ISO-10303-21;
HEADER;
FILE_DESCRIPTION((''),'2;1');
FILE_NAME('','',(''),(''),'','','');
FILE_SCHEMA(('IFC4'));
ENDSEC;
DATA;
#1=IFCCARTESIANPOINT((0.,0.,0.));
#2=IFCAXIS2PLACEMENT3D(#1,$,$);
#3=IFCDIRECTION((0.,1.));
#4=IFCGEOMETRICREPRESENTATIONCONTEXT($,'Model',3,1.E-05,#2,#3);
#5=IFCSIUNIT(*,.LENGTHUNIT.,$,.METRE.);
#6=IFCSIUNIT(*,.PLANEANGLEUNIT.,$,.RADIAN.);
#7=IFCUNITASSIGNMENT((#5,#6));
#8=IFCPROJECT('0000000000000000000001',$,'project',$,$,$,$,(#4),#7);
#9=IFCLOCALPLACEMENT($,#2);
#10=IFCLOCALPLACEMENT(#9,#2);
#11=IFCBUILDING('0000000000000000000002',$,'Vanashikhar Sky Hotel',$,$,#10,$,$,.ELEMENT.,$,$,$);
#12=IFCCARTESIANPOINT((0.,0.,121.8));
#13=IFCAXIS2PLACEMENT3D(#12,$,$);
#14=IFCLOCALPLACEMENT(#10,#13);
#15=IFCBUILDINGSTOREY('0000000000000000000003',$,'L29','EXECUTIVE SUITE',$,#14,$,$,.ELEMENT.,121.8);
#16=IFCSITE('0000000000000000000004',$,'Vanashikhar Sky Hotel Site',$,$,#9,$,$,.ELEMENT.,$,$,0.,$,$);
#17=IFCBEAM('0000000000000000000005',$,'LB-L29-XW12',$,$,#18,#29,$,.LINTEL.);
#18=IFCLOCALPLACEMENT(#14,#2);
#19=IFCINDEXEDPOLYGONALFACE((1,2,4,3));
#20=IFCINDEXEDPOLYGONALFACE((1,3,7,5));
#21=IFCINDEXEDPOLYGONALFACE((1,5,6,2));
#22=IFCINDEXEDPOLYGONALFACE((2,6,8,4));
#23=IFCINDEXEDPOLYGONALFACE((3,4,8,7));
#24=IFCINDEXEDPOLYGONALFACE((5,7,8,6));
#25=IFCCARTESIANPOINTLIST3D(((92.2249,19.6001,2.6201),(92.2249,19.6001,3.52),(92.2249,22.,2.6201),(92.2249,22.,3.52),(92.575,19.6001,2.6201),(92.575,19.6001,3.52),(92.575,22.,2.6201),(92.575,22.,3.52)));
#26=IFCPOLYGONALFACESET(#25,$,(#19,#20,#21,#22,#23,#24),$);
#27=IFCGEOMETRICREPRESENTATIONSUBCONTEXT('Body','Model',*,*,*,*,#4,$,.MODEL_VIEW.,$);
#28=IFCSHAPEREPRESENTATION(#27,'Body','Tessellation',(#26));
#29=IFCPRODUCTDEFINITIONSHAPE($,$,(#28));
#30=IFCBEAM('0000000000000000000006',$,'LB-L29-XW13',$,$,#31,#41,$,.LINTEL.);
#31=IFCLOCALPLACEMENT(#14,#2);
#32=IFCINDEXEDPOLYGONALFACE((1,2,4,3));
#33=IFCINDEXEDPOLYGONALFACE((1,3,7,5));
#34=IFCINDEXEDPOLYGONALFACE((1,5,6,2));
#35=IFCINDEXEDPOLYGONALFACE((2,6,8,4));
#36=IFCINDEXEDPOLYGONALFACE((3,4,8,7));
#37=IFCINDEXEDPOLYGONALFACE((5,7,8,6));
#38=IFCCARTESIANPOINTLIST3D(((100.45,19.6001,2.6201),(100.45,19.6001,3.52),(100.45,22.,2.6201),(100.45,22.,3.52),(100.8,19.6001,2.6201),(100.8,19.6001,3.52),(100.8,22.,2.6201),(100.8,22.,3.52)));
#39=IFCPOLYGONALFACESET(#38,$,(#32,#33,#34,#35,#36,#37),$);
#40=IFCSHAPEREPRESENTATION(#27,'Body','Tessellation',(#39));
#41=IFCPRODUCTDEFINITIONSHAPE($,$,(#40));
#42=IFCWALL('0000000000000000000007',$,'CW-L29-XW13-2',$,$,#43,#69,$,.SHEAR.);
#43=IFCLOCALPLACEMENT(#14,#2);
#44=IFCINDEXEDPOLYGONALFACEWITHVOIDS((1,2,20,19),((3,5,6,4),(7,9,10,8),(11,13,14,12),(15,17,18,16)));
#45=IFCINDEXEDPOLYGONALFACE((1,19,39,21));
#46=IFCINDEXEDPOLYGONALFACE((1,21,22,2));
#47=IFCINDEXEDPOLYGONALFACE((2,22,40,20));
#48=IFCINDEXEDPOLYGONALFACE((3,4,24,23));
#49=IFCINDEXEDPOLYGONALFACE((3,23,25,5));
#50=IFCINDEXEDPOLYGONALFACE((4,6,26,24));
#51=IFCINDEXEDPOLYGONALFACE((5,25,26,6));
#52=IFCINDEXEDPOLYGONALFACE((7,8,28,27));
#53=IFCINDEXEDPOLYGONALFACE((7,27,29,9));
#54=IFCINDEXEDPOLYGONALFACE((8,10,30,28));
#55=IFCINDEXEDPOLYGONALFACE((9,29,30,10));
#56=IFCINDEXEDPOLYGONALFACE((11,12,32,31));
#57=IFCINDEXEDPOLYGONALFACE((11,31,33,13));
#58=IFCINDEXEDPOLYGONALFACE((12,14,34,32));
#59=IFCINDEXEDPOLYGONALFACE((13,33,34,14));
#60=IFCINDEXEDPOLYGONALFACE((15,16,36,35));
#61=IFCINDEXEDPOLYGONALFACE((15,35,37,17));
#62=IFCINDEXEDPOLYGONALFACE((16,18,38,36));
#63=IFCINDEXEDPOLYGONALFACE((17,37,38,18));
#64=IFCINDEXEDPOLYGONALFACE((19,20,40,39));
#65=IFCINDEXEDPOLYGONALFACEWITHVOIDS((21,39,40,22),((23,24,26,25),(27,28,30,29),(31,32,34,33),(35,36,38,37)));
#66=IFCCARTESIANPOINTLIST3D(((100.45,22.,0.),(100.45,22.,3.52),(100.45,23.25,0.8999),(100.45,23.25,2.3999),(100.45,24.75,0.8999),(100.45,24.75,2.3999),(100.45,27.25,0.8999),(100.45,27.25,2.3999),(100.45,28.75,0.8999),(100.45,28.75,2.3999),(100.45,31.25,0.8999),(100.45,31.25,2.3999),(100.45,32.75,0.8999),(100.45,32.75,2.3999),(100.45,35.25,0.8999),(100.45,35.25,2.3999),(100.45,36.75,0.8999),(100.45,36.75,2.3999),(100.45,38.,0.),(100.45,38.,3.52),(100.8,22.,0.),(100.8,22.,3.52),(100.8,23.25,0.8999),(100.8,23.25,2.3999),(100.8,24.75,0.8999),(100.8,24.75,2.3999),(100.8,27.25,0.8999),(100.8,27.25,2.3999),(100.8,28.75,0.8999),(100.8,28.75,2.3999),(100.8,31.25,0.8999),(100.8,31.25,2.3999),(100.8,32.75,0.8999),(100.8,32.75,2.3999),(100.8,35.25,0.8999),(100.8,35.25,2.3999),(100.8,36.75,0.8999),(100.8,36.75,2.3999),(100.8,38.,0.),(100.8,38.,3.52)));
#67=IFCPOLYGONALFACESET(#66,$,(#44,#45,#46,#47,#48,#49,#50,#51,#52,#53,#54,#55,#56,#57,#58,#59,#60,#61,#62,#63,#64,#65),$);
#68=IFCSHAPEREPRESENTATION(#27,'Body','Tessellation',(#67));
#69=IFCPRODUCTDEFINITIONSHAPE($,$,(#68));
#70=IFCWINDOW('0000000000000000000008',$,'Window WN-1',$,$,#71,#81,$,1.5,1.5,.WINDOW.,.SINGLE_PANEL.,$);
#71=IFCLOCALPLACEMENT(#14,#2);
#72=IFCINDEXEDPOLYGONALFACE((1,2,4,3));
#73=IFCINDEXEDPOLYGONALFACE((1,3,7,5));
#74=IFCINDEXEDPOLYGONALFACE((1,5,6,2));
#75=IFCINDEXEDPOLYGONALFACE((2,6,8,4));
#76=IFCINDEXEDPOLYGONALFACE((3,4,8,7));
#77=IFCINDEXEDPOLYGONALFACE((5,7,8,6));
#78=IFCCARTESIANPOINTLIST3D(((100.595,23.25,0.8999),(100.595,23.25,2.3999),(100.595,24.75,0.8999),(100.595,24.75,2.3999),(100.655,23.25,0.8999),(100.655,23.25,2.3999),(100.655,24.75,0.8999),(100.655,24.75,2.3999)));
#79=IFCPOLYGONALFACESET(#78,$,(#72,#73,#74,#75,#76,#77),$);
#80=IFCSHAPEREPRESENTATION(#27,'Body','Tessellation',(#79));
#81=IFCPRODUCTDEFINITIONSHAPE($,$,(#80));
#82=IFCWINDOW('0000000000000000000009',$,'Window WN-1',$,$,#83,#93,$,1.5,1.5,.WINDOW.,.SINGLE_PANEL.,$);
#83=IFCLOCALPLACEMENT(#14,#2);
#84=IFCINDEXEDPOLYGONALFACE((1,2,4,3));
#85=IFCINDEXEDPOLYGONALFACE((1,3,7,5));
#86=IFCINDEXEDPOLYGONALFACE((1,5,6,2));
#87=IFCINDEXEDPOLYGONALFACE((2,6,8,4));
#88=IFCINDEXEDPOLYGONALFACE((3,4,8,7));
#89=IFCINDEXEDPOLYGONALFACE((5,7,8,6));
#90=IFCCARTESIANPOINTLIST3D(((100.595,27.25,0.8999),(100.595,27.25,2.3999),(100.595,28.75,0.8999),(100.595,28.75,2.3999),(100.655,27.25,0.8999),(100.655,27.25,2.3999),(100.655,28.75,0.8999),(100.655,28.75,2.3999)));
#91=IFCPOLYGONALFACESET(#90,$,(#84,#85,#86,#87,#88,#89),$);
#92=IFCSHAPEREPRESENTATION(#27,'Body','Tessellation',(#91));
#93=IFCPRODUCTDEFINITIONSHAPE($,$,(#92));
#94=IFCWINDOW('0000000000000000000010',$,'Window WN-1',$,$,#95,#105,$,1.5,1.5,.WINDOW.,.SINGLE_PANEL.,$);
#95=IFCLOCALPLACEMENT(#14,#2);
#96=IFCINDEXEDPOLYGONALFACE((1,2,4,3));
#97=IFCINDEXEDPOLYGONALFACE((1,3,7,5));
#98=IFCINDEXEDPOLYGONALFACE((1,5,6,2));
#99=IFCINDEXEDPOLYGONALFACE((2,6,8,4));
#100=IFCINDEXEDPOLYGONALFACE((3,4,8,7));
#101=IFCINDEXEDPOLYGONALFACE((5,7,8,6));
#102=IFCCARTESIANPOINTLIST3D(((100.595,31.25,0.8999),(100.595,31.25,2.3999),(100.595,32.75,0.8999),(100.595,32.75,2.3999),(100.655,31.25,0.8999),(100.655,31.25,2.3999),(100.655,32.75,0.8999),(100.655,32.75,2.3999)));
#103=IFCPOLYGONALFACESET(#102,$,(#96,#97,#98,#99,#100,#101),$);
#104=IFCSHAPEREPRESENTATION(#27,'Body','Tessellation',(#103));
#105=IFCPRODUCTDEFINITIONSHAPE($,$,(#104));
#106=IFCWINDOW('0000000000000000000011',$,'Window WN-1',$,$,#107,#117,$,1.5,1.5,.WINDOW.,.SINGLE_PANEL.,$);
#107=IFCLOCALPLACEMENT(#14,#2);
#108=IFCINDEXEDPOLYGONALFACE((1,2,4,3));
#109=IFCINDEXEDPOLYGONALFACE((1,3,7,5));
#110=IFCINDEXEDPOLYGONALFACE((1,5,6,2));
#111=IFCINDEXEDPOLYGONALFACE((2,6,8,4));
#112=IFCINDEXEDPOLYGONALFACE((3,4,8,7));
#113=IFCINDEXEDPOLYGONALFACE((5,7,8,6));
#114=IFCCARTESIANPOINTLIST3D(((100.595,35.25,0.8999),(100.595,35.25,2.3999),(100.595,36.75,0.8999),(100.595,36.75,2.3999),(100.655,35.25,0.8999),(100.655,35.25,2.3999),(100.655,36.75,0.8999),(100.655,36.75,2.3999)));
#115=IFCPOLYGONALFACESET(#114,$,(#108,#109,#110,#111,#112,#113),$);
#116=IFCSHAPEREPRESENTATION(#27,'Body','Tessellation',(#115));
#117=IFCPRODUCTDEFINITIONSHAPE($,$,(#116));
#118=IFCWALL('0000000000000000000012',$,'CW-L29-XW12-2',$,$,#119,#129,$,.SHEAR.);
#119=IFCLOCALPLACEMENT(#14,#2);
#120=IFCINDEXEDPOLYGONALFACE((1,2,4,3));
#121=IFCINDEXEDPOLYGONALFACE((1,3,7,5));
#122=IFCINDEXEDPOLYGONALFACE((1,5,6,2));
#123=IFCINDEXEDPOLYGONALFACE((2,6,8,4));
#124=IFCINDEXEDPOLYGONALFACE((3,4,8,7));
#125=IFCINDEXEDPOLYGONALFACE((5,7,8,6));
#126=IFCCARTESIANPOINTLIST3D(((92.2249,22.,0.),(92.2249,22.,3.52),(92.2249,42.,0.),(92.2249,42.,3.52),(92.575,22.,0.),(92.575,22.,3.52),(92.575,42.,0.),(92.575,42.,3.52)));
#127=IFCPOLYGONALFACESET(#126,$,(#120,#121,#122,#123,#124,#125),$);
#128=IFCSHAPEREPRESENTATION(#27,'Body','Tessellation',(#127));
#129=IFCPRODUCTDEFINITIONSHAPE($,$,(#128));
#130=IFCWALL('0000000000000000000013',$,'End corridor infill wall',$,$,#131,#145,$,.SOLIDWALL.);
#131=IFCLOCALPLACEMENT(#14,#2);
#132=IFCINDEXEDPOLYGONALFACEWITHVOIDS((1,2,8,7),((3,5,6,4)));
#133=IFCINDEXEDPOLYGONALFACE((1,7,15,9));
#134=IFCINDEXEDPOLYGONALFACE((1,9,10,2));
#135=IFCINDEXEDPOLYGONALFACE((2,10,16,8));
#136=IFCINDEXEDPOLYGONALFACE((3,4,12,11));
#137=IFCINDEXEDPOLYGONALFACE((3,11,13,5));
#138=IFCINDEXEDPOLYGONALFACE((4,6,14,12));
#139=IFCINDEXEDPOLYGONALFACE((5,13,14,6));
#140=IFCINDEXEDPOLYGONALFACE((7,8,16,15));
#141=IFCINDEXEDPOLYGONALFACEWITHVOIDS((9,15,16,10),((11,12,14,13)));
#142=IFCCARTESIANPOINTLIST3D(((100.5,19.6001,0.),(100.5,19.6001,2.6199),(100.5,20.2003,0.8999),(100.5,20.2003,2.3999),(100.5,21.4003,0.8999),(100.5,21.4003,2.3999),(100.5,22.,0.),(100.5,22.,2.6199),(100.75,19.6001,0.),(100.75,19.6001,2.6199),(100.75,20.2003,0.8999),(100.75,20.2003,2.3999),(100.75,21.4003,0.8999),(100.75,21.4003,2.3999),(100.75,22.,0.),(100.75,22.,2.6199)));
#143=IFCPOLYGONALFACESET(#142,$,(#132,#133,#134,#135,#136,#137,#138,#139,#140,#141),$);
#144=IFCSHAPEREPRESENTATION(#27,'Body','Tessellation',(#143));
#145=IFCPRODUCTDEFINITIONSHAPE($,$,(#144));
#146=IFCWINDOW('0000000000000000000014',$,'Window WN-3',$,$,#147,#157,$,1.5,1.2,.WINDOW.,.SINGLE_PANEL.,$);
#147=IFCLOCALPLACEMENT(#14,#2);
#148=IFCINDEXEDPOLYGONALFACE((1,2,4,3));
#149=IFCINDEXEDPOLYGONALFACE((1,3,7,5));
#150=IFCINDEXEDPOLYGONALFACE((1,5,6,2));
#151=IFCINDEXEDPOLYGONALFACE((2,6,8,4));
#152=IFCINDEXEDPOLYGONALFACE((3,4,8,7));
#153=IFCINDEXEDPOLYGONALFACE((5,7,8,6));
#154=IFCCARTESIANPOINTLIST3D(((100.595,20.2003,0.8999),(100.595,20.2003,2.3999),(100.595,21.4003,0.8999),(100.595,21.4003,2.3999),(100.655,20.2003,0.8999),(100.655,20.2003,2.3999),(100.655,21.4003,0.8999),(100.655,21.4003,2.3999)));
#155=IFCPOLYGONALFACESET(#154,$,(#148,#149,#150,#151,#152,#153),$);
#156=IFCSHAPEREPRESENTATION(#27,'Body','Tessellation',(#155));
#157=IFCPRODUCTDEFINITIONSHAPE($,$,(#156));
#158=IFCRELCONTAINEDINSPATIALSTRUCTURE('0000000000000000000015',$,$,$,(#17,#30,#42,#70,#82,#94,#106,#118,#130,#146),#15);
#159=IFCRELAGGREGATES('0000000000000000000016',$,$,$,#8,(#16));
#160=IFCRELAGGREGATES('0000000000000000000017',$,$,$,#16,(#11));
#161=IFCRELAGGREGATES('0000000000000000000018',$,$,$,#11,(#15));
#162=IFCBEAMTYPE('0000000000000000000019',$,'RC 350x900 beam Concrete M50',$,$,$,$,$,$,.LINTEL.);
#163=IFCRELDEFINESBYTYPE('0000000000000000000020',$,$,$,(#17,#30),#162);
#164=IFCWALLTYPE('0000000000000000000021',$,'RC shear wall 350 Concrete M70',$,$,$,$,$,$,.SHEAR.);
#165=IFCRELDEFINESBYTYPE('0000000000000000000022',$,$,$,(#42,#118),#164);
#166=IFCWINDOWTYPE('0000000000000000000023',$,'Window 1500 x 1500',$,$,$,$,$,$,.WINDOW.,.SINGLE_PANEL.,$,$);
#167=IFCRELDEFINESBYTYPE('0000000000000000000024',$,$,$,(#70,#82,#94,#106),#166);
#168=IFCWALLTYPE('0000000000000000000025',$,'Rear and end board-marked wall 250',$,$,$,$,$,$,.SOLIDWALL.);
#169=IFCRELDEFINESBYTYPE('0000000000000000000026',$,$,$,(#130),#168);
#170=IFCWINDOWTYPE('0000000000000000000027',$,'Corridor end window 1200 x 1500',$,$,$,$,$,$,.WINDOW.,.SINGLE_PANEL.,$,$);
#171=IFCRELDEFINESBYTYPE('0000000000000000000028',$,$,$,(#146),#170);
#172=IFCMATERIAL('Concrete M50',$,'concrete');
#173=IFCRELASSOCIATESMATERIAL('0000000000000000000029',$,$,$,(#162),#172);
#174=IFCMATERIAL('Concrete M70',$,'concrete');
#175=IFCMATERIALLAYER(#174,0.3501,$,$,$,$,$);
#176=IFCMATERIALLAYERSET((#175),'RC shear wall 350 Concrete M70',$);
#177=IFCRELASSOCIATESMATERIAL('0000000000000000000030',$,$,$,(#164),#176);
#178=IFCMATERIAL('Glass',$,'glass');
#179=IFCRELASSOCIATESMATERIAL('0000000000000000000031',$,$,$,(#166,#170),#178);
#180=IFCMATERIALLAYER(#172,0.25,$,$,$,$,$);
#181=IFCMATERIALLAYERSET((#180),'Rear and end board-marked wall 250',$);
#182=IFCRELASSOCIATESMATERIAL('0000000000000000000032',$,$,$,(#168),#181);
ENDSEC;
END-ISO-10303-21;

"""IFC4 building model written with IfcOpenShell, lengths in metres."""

from ifc_helpers import new_model, si_unit, direction, frame, frame_2d, origin, origin_2d, place, context, subcontext, project, spatial, rectangle, extrude, source, transform, mapped, material, layer, layer_set, material_profile, profile_set, type_object, element, fill, save


model = new_model("IFC4")

# Units and contexts
model_context = context("Model", 3, precision=1e-05, world=origin(), true_north=direction((0.0, 1.0)))
body_context = subcontext(model_context, "Body", "Model", "MODEL_VIEW")
ifc_project = project(units=[si_unit("LENGTHUNIT", "METRE"), si_unit("PLANEANGLEUNIT", "RADIAN")], contexts=[model_context])

# Site, building, storey
site_placement = place(None, origin())
site = spatial("IfcSite", under=ifc_project, at=site_placement, Name="Vanashikhar Sky Hotel Site", CompositionType="ELEMENT", RefElevation=0.0)
building_placement = place(site_placement, origin())
building = spatial("IfcBuilding", under=site, at=building_placement, Name="Vanashikhar Sky Hotel", CompositionType="ELEMENT")
storey_placement = place(building_placement, frame((0.0, 0.0, 121.8)))
storey = spatial("IfcBuildingStorey", under=building, at=storey_placement, Name="L29", Description="EXECUTIVE SUITE", CompositionType="ELEMENT", Elevation=121.8)

# Beams
ifc_material_1 = material(Name="Concrete M50", Category="concrete")
ifc_material_profile = material_profile(ifc_material_1, rectangle(XDim=0.3501, YDim=0.8999, at=origin_2d()))
ifc_profile_set = profile_set([ifc_material_profile], Name="RC 350x900 beam Concrete M50")
beam_type = type_object("IfcBeamType", Name="RC 350x900 beam Concrete M50", PredefinedType="LINTEL", material=ifc_profile_set)
shared_shape_1 = source(origin(), body_context, "Body", "SweptSolid", [
    extrude(rectangle(XDim=0.3501, YDim=0.8999, at=origin_2d()), origin(), (0.0, 0.0, 1.0), 2.3999),
])
for number, where, z_axis, x_axis, name in (
    (1, (92.3999, 19.6001, 3.0701), (0.0, 1.0, 0.0), (-1.0, 0.0, 0.0), "LB-L29-XW12"),
    (2, (100.625, 19.6001, 3.0701), (0.0, 1.0, 0.0), (-1.0, 0.0, 0.0), "LB-L29-XW13"),
):
    element("IfcBeam", number, at=place(storey_placement, frame(where, z_axis=z_axis, x_axis=x_axis)), inside=storey, type_object=beam_type, Name=name, PredefinedType="LINTEL", context=body_context, shape_type="MappedRepresentation", body=[
        mapped(shared_shape_1, transform((0.0, 0.0, 0.0), scale=1.0)),
    ])

# Wall, openings, windows
ifc_material_2 = material(Name="Concrete M70", Category="concrete")
ifc_layer_1 = layer(ifc_material_2, 0.3501)
ifc_layer_set_1 = layer_set([ifc_layer_1], Name="RC shear wall 350 Concrete M70")
wall_type_1 = type_object("IfcWallType", Name="RC shear wall 350 Concrete M70", PredefinedType="SHEAR", material=ifc_layer_set_1)
shared_shape_2 = source(origin(), body_context, "Body", "SweptSolid", [
    extrude(rectangle(XDim=16.0, YDim=0.3501, at=frame_2d((8.0, 0.0))), origin(), (0.0, 0.0, 1.0), 3.52),
])
wall_1_placement = place(storey_placement, frame((100.625, 22.0, 0.0), z_axis=(0.0, 0.0, 1.0), x_axis=(0.0, 1.0, 0.0)))
wall_1 = element("IfcWall", 3, at=wall_1_placement, inside=storey, type_object=wall_type_1, Name="CW-L29-XW13-2", PredefinedType="SHEAR", context=body_context, shape_type="MappedRepresentation", body=[
    mapped(shared_shape_2, transform((0.0, 0.0, 0.0), scale=1.0)),
])
shared_shape_3 = source(origin(), body_context, "Body", "SweptSolid", [
    extrude(rectangle(XDim=1.5, YDim=1.5, at=frame_2d((0.75, 0.75))), frame((0.0, 0.1851, 0.0), z_axis=(0.0, -1.0, 0.0), x_axis=(1.0, 0.0, 0.0)), (0.0, 0.0, 1.0), 0.3701),
])
opening_1_placement = place(wall_1_placement, frame((1.25, 0.0, 0.8999)))
opening_1 = element("IfcOpeningElement", 4, at=opening_1_placement, cuts=wall_1, PredefinedType="OPENING", context=body_context, shape_type="MappedRepresentation", body=[
    mapped(shared_shape_3, transform((0.0, 0.0, 0.0), scale=1.0)),
])
opening_2_placement = place(wall_1_placement, frame((5.25, 0.0, 0.8999)))
opening_2 = element("IfcOpeningElement", 5, at=opening_2_placement, cuts=wall_1, PredefinedType="OPENING", context=body_context, shape_type="MappedRepresentation", body=[
    mapped(shared_shape_3, transform((0.0, 0.0, 0.0), scale=1.0)),
])
opening_3_placement = place(wall_1_placement, frame((9.25, 0.0, 0.8999)))
opening_3 = element("IfcOpeningElement", 6, at=opening_3_placement, cuts=wall_1, PredefinedType="OPENING", context=body_context, shape_type="MappedRepresentation", body=[
    mapped(shared_shape_3, transform((0.0, 0.0, 0.0), scale=1.0)),
])
opening_4_placement = place(wall_1_placement, frame((13.25, 0.0, 0.8999)))
opening_4 = element("IfcOpeningElement", 7, at=opening_4_placement, cuts=wall_1, PredefinedType="OPENING", context=body_context, shape_type="MappedRepresentation", body=[
    mapped(shared_shape_3, transform((0.0, 0.0, 0.0), scale=1.0)),
])
ifc_material_3 = material(Name="Glass", Category="glass")
window_type_1 = type_object("IfcWindowType", Name="Window 1500 x 1500", PartitioningType="SINGLE_PANEL", PredefinedType="WINDOW", material=ifc_material_3)
shared_shape_4 = source(origin(), body_context, "Body", "SweptSolid", [
    extrude(rectangle(XDim=1.5, YDim=1.5, at=frame_2d((0.75, 0.75))), frame((0.0, 0.03, 0.0), z_axis=(0.0, -1.0, 0.0), x_axis=(1.0, 0.0, 0.0)), (0.0, 0.0, 1.0), 0.0601),
])
window_1_placement = place(opening_1_placement, origin())
window_1 = element("IfcWindow", 8, at=window_1_placement, inside=storey, type_object=window_type_1, Name="Window WN-1", OverallHeight=1.5, OverallWidth=1.5, PartitioningType="SINGLE_PANEL", PredefinedType="WINDOW", context=body_context, shape_type="MappedRepresentation", body=[
    mapped(shared_shape_4, transform((0.0, 0.0, 0.0), scale=1.0)),
])
fill(opening_1, window_1)
window_2_placement = place(opening_2_placement, origin())
window_2 = element("IfcWindow", 9, at=window_2_placement, inside=storey, type_object=window_type_1, Name="Window WN-1", OverallHeight=1.5, OverallWidth=1.5, PartitioningType="SINGLE_PANEL", PredefinedType="WINDOW", context=body_context, shape_type="MappedRepresentation", body=[
    mapped(shared_shape_4, transform((0.0, 0.0, 0.0), scale=1.0)),
])
fill(opening_2, window_2)
window_3_placement = place(opening_3_placement, origin())
window_3 = element("IfcWindow", 10, at=window_3_placement, inside=storey, type_object=window_type_1, Name="Window WN-1", OverallHeight=1.5, OverallWidth=1.5, PartitioningType="SINGLE_PANEL", PredefinedType="WINDOW", context=body_context, shape_type="MappedRepresentation", body=[
    mapped(shared_shape_4, transform((0.0, 0.0, 0.0), scale=1.0)),
])
fill(opening_3, window_3)
window_4_placement = place(opening_4_placement, origin())
window_4 = element("IfcWindow", 11, at=window_4_placement, inside=storey, type_object=window_type_1, Name="Window WN-1", OverallHeight=1.5, OverallWidth=1.5, PartitioningType="SINGLE_PANEL", PredefinedType="WINDOW", context=body_context, shape_type="MappedRepresentation", body=[
    mapped(shared_shape_4, transform((0.0, 0.0, 0.0), scale=1.0)),
])
fill(opening_4, window_4)

# Wall
shared_shape_5 = source(origin(), body_context, "Body", "SweptSolid", [
    extrude(rectangle(XDim=20.0, YDim=0.3501, at=frame_2d((10.0, 0.0))), origin(), (0.0, 0.0, 1.0), 3.52),
])
wall_2_placement = place(storey_placement, frame((92.3999, 22.0, 0.0), z_axis=(0.0, 0.0, 1.0), x_axis=(0.0, 1.0, 0.0)))
element("IfcWall", 12, at=wall_2_placement, inside=storey, type_object=wall_type_1, Name="CW-L29-XW12-2", PredefinedType="SHEAR", context=body_context, shape_type="MappedRepresentation", body=[
    mapped(shared_shape_5, transform((0.0, 0.0, 0.0), scale=1.0)),
])

# Wall, opening, window
ifc_layer_2 = layer(ifc_material_1, 0.25)
ifc_layer_set_2 = layer_set([ifc_layer_2], Name="Rear and end board-marked wall 250")
wall_type_2 = type_object("IfcWallType", Name="Rear and end board-marked wall 250", PredefinedType="SOLIDWALL", material=ifc_layer_set_2)
shared_shape_6 = source(origin(), body_context, "Body", "SweptSolid", [
    extrude(rectangle(XDim=2.3999, YDim=0.25, at=frame_2d((1.2, 0.0))), origin(), (0.0, 0.0, 1.0), 2.6199),
])
wall_3_placement = place(storey_placement, frame((100.625, 19.6001, 0.0), z_axis=(0.0, 0.0, 1.0), x_axis=(0.0, 1.0, 0.0)))
wall_3 = element("IfcWall", 13, at=wall_3_placement, inside=storey, type_object=wall_type_2, Name="End corridor infill wall", PredefinedType="SOLIDWALL", context=body_context, shape_type="MappedRepresentation", body=[
    mapped(shared_shape_6, transform((0.0, 0.0, 0.0), scale=1.0)),
])
shared_shape_7 = source(origin(), body_context, "Body", "SweptSolid", [
    extrude(rectangle(XDim=1.2, YDim=1.5, at=frame_2d((0.6001, 0.75))), frame((0.0, 0.135, 0.0), z_axis=(0.0, -1.0, 0.0), x_axis=(1.0, 0.0, 0.0)), (0.0, 0.0, 1.0), 0.27),
])
opening_5_placement = place(wall_3_placement, frame((0.6001, 0.0, 0.8999)))
opening_5 = element("IfcOpeningElement", 14, at=opening_5_placement, cuts=wall_3, PredefinedType="OPENING", context=body_context, shape_type="MappedRepresentation", body=[
    mapped(shared_shape_7, transform((0.0, 0.0, 0.0), scale=1.0)),
])
window_type_2 = type_object("IfcWindowType", Name="Corridor end window 1200 x 1500", PartitioningType="SINGLE_PANEL", PredefinedType="WINDOW", material=ifc_material_3)
shared_shape_8 = source(origin(), body_context, "Body", "SweptSolid", [
    extrude(rectangle(XDim=1.2, YDim=1.5, at=frame_2d((0.6001, 0.75))), frame((0.0, 0.03, 0.0), z_axis=(0.0, -1.0, 0.0), x_axis=(1.0, 0.0, 0.0)), (0.0, 0.0, 1.0), 0.0601),
])
window_5_placement = place(opening_5_placement, origin())
window_5 = element("IfcWindow", 15, at=window_5_placement, inside=storey, type_object=window_type_2, Name="Window WN-3", OverallHeight=1.5, OverallWidth=1.2, PartitioningType="SINGLE_PANEL", PredefinedType="WINDOW", context=body_context, shape_type="MappedRepresentation", body=[
    mapped(shared_shape_8, transform((0.0, 0.0, 0.0), scale=1.0)),
])
fill(opening_5, window_5)

save(model, "model.ifc")
